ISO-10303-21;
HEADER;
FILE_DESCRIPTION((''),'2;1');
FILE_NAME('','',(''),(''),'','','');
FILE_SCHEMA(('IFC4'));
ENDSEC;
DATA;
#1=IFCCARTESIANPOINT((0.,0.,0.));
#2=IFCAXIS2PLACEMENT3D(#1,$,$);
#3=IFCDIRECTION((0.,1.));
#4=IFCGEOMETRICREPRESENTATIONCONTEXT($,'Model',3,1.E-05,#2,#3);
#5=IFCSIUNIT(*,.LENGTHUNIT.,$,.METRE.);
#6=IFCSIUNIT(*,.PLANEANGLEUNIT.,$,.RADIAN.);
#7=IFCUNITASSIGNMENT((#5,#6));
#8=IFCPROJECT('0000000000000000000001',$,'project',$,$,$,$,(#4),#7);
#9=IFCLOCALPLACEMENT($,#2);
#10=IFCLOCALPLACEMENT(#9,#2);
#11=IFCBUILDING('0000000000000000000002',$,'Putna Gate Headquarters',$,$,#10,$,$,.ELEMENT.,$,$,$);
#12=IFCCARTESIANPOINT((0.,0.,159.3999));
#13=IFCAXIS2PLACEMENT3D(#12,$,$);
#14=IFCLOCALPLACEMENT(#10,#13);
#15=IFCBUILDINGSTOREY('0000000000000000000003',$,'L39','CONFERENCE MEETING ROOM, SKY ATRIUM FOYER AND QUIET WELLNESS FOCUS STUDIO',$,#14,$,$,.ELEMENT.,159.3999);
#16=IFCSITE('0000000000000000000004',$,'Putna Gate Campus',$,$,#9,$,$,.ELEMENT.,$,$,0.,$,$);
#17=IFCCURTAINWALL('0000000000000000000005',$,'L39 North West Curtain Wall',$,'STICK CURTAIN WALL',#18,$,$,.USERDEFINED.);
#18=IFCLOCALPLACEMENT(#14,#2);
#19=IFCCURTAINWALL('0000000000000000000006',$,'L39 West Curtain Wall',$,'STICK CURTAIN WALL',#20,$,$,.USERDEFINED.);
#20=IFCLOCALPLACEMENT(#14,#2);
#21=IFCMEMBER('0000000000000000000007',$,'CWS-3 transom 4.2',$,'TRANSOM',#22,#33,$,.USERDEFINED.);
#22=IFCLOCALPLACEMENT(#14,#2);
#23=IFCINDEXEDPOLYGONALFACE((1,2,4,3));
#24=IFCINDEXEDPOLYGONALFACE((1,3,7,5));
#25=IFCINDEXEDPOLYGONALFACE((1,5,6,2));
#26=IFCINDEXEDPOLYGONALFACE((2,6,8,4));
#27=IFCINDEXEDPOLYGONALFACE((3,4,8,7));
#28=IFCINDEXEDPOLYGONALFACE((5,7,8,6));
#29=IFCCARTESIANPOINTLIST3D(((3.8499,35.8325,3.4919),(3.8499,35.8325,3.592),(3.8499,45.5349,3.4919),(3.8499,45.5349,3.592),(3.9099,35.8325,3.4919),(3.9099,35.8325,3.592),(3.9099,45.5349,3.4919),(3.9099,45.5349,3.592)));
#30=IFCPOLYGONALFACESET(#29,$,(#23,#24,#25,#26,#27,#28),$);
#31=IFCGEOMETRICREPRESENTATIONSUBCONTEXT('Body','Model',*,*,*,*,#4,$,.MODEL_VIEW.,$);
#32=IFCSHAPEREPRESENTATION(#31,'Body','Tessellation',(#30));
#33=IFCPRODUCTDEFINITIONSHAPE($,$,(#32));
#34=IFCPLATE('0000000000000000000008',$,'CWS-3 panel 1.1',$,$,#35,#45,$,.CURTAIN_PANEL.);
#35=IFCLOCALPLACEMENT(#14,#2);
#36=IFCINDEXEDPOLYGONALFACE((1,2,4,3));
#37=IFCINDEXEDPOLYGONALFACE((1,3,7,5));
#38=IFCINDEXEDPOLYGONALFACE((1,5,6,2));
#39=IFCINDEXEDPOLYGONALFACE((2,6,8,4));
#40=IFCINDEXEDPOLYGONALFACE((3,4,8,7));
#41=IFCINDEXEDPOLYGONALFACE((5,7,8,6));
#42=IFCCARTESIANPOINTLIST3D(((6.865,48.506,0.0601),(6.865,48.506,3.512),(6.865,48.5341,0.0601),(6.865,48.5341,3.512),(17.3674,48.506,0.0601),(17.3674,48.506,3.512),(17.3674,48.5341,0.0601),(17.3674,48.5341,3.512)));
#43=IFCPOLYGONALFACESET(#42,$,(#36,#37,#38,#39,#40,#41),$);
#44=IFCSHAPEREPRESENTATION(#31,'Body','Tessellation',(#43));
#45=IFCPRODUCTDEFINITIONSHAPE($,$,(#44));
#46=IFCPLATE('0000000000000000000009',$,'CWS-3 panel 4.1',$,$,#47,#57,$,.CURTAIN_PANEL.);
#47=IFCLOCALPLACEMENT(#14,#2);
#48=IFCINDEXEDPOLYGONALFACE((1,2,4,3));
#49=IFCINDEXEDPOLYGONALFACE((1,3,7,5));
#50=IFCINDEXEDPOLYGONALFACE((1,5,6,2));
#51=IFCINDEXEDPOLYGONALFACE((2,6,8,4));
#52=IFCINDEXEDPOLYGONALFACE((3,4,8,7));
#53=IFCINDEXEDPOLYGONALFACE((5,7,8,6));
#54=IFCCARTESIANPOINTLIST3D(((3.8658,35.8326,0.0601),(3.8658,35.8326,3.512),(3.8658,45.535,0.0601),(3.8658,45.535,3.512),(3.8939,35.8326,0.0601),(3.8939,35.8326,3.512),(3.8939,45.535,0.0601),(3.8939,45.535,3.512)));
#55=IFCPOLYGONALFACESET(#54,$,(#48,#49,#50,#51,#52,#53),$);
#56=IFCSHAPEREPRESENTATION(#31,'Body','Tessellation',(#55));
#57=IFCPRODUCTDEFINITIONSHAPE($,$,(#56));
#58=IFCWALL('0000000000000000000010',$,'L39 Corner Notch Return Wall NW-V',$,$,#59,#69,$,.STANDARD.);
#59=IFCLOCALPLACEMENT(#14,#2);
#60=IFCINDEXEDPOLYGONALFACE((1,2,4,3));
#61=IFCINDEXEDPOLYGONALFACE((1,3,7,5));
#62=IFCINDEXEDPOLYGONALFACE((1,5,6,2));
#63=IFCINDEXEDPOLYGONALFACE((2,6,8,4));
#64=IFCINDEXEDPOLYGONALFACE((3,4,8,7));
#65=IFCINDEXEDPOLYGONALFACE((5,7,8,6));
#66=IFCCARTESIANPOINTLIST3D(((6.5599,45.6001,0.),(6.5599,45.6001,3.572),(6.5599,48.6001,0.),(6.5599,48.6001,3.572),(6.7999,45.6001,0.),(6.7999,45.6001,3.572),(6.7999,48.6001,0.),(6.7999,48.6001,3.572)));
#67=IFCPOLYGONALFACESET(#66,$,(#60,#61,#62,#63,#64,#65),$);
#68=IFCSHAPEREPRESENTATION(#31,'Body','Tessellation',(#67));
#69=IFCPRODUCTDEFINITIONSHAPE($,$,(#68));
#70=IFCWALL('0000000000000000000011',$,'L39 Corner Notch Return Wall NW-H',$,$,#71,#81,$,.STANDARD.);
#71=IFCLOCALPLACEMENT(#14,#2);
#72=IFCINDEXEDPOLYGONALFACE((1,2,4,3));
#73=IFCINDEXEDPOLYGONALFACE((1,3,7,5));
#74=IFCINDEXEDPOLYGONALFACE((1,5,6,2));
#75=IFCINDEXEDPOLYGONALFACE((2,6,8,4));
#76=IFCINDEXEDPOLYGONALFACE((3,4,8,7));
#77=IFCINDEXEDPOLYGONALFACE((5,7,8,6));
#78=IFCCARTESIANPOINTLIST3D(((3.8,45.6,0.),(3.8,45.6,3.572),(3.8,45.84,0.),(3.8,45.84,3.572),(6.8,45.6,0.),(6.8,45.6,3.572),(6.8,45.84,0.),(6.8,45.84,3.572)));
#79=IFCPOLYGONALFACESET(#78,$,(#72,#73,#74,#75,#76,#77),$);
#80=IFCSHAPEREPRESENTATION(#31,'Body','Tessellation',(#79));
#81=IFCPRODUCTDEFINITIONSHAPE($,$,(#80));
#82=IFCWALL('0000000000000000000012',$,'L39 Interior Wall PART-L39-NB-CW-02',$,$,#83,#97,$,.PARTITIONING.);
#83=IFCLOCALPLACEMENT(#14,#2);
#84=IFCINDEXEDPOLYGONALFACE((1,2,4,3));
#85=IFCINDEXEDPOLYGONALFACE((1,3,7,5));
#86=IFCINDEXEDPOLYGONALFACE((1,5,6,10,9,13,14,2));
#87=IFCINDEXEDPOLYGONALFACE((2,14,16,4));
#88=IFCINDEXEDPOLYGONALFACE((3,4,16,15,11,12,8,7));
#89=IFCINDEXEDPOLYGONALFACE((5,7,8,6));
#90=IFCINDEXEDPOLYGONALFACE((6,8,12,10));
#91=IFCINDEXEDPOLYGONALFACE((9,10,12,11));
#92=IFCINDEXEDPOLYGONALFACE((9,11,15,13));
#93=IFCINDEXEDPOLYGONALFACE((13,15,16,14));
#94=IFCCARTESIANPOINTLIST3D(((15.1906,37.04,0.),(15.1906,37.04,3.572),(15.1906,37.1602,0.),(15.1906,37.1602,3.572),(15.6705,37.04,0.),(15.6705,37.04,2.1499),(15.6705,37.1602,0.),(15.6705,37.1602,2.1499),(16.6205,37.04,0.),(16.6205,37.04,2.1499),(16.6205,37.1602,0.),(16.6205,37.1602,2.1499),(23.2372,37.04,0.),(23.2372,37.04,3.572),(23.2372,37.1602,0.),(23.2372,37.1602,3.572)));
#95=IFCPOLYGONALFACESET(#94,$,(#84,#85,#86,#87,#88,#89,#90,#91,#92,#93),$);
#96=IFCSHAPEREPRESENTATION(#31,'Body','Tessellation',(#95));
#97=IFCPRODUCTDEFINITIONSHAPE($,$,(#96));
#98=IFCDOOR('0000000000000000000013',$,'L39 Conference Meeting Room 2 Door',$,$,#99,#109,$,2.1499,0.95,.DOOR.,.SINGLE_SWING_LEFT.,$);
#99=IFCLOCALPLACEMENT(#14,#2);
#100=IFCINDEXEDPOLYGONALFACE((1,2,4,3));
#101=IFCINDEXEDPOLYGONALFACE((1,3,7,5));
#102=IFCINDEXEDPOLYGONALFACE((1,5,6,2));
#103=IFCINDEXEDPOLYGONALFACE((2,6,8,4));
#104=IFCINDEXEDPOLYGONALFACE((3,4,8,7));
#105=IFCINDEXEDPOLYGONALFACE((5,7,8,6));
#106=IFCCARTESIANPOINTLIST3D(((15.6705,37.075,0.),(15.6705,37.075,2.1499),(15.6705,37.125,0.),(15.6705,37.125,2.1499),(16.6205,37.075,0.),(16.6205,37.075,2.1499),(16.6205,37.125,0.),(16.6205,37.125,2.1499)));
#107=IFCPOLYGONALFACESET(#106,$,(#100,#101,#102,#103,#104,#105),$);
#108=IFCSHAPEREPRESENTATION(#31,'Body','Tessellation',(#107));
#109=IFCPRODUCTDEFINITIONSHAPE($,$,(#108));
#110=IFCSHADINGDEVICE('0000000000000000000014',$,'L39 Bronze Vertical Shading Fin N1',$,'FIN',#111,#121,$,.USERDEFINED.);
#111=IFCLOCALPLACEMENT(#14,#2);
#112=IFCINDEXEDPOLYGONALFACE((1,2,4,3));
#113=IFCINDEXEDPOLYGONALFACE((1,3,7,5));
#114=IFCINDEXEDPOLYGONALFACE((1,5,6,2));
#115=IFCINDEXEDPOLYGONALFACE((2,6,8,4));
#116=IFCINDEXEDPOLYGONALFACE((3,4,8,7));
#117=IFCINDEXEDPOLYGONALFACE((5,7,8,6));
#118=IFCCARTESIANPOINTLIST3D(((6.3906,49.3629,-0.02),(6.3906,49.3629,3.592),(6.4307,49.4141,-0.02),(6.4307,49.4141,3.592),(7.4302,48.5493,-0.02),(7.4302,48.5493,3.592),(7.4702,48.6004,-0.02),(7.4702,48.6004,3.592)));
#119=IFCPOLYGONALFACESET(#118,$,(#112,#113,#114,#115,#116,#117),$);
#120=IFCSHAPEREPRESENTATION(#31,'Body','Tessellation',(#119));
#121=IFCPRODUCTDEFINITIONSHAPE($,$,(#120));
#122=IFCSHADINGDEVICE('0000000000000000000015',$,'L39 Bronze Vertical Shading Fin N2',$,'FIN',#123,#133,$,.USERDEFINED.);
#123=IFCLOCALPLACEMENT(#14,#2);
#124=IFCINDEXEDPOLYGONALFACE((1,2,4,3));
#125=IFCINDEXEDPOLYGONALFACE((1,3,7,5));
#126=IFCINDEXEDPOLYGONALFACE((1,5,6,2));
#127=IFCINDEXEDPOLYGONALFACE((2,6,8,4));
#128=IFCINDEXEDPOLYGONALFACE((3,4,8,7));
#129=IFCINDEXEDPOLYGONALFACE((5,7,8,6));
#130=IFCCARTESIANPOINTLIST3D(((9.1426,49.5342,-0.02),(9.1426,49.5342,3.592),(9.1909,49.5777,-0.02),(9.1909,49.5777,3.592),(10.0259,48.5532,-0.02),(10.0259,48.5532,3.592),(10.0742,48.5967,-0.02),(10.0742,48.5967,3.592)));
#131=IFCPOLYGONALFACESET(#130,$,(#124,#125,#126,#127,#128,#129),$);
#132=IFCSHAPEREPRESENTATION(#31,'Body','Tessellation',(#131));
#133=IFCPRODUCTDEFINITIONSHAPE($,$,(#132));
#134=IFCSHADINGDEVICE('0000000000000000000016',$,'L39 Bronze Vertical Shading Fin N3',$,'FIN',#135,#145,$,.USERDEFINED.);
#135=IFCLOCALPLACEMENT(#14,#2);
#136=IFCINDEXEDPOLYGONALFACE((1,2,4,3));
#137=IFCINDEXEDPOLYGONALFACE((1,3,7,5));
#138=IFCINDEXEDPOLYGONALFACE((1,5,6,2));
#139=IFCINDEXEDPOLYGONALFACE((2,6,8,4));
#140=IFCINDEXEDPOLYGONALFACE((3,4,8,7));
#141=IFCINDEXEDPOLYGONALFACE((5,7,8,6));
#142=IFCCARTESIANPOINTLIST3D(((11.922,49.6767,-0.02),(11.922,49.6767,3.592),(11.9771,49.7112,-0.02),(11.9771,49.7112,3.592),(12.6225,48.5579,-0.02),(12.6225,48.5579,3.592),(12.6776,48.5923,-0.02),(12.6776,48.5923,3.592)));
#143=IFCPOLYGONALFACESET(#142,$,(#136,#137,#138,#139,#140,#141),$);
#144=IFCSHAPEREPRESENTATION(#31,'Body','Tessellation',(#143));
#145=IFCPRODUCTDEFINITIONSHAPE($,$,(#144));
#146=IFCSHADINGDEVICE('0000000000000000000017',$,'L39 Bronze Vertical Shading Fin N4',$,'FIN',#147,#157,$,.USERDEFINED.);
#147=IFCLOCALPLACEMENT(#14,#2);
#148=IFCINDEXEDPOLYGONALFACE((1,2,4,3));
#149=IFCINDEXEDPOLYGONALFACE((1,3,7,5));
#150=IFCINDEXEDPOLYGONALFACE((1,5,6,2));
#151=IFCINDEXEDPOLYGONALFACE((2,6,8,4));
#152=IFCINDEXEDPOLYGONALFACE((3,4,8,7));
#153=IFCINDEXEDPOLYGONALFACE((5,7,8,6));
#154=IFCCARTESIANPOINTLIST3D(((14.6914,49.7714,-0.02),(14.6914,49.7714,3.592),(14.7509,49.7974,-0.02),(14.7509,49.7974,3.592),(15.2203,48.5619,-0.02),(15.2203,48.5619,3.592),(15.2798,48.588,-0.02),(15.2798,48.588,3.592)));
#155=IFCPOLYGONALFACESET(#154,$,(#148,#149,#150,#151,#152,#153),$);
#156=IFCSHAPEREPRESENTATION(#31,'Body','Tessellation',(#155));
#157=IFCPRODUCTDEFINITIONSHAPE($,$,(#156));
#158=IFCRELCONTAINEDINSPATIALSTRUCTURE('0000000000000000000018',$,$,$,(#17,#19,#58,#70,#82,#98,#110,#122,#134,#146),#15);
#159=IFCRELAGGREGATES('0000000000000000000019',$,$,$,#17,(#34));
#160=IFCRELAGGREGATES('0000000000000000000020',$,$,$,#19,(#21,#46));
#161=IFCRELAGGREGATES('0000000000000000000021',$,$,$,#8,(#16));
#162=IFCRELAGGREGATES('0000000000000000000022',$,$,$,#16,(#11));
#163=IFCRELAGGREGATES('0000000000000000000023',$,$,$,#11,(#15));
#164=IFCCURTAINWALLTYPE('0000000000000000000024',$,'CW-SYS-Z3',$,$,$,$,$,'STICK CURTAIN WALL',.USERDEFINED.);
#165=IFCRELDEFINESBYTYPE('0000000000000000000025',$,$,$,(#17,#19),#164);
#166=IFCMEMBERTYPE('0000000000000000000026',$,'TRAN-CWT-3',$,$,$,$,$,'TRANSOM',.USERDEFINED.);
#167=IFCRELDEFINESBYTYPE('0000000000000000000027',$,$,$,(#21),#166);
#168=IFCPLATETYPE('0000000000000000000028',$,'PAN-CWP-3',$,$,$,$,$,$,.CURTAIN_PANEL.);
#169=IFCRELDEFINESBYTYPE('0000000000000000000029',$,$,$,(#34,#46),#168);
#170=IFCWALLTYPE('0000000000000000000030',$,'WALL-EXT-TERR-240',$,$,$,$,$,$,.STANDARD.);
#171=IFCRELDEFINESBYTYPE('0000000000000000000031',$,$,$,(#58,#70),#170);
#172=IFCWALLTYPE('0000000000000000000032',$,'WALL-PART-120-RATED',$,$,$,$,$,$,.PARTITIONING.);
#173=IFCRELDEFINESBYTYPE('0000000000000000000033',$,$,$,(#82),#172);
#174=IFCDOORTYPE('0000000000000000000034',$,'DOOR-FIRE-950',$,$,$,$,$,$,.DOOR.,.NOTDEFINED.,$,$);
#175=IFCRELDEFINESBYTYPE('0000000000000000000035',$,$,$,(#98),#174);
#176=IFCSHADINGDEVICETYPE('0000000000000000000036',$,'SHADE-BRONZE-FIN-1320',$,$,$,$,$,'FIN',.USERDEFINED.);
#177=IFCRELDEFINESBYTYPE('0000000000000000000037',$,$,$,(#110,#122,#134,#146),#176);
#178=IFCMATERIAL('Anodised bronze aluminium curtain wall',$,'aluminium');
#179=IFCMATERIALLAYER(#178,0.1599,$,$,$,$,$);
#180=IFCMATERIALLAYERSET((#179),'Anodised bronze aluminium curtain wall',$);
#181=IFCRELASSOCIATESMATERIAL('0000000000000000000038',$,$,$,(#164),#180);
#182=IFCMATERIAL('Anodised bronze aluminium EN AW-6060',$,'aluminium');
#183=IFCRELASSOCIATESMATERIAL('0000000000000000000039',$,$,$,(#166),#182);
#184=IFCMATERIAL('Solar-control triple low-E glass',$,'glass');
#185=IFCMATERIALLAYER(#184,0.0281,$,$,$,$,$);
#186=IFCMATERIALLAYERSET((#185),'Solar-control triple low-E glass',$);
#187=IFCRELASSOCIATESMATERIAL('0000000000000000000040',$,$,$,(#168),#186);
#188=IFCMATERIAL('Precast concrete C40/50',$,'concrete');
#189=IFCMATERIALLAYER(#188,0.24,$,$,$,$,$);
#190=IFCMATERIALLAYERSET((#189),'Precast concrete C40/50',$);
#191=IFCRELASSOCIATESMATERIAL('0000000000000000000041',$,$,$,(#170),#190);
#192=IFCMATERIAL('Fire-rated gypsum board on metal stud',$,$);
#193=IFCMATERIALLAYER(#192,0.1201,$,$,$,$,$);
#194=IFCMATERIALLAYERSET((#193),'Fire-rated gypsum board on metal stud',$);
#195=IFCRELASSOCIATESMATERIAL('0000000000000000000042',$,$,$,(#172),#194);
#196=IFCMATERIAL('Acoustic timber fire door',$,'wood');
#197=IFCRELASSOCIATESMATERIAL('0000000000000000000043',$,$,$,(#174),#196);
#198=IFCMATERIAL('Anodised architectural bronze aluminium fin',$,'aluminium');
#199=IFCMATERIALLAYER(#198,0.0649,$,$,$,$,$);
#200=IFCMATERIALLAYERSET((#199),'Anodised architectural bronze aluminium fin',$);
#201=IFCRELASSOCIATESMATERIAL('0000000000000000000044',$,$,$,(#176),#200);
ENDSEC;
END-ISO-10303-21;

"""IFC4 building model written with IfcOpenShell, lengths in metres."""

from ifc_helpers import new_model, si_unit, direction, frame, frame_2d, origin, origin_2d, place, context, subcontext, project, spatial, rectangle, extrude, material, layer, layer_set, material_profile, profile_set, type_object, element, fill, aggregate, save


model = new_model("IFC4")

# Units and contexts
model_context = context("Model", 3, precision=1e-05, world=origin(), true_north=direction((0.0, 1.0)))
body_context = subcontext(model_context, "Body", "Model", "MODEL_VIEW")
ifc_project = project(units=[si_unit("LENGTHUNIT", "METRE"), si_unit("PLANEANGLEUNIT", "RADIAN")], contexts=[model_context])

# Site, building, storey
site_placement = place(None, origin())
site = spatial("IfcSite", under=ifc_project, at=site_placement, Name="Putna Gate Campus", CompositionType="ELEMENT", RefElevation=0.0)
building_placement = place(site_placement, origin())
building = spatial("IfcBuilding", under=site, at=building_placement, Name="Putna Gate Headquarters", CompositionType="ELEMENT")
storey_placement = place(building_placement, frame((0.0, 0.0, 159.3999)))
storey = spatial("IfcBuildingStorey", under=building, at=storey_placement, Name="L39", Description="CONFERENCE MEETING ROOM, SKY ATRIUM FOYER AND QUIET WELLNESS FOCUS STUDIO", CompositionType="ELEMENT", Elevation=159.3999)

# Curtain wall
ifc_material_1 = material(Name="Anodised bronze aluminium curtain wall", Category="aluminium")
ifc_layer_1 = layer(ifc_material_1, 0.1599)
ifc_layer_set_1 = layer_set([ifc_layer_1], Name="Anodised bronze aluminium curtain wall")
curtain_wall_type = type_object("IfcCurtainWallType", Name="CW-SYS-Z3", ElementType="STICK CURTAIN WALL", PredefinedType="USERDEFINED", material=ifc_layer_set_1)
curtain_wall_1_placement = place(storey_placement, origin())
curtain_wall_1 = element("IfcCurtainWall", 1, at=curtain_wall_1_placement, inside=storey, type_object=curtain_wall_type, Name="L39 North West Curtain Wall", ObjectType="STICK CURTAIN WALL", PredefinedType="USERDEFINED")
ifc_material_2 = material(Name="Anodised bronze aluminium EN AW-6060", Category="aluminium")

# Curtain wall
curtain_wall_2_placement = place(storey_placement, origin())
curtain_wall_2 = element("IfcCurtainWall", 2, at=curtain_wall_2_placement, inside=storey, type_object=curtain_wall_type, Name="L39 West Curtain Wall", ObjectType="STICK CURTAIN WALL", PredefinedType="USERDEFINED")

# Member
ifc_material_profile_1 = material_profile(ifc_material_2, rectangle(XDim=0.0601, YDim=0.1001, at=origin_2d()), Name="Anodised bronze aluminium EN AW-6060")
ifc_profile_set_1 = profile_set([ifc_material_profile_1], Name="Anodised bronze aluminium EN AW-6060")
member_type_1 = type_object("IfcMemberType", Name="TRAN-CWT-3", ElementType="TRANSOM", PredefinedType="USERDEFINED", material=ifc_profile_set_1)
member_1_placement = place(storey_placement, frame((3.8799, 35.8325, 3.542), z_axis=(0.0, 1.0, 0.0), x_axis=(-1.0, 0.0, 0.0)))
member_1 = element("IfcMember", 3, at=member_1_placement, type_object=member_type_1, Name="CWS-3 transom 4.2", ObjectType="TRANSOM", PredefinedType="USERDEFINED", context=body_context, shape_type="SweptSolid", body=[
    extrude(rectangle(XDim=0.0601, YDim=0.1001, at=origin_2d()), origin(), (0.0, 0.0, 1.0), 9.7024),
])

# Plates
ifc_material_3 = material(Name="Solar-control triple low-E glass", Category="glass")
ifc_layer_2 = layer(ifc_material_3, 0.0281)
ifc_layer_set_2 = layer_set([ifc_layer_2], Name="Solar-control triple low-E glass")
plate_type = type_object("IfcPlateType", Name="PAN-CWP-3", PredefinedType="CURTAIN_PANEL", material=ifc_layer_set_2)
plate_1_placement = place(storey_placement, frame((12.1162, 48.52, 0.0601), z_axis=(0.0, 0.0, 1.0), x_axis=(1.0, 0.0, 0.0)))
plate_1 = element("IfcPlate", 4, at=plate_1_placement, type_object=plate_type, Name="CWS-3 panel 1.1", PredefinedType="CURTAIN_PANEL", context=body_context, shape_type="SweptSolid", body=[
    extrude(rectangle(XDim=10.5024, YDim=0.0281, at=origin_2d()), origin(), (0.0, 0.0, 1.0), 3.4519),
])
aggregate(curtain_wall_1, [plate_1])
plate_2_placement = place(storey_placement, frame((3.8799, 40.6838, 0.0601), z_axis=(0.0, 0.0, 1.0), x_axis=(0.0, 1.0, 0.0)))
plate_2 = element("IfcPlate", 5, at=plate_2_placement, type_object=plate_type, Name="CWS-3 panel 4.1", PredefinedType="CURTAIN_PANEL", context=body_context, shape_type="SweptSolid", body=[
    extrude(rectangle(XDim=9.7024, YDim=0.0281, at=origin_2d()), origin(), (0.0, 0.0, 1.0), 3.4519),
])
aggregate(curtain_wall_2, [member_1, plate_2])

# Walls
ifc_material_4 = material(Name="Precast concrete C40/50", Category="concrete")
ifc_layer_3 = layer(ifc_material_4, 0.24)
ifc_layer_set_3 = layer_set([ifc_layer_3], Name="Precast concrete C40/50")
wall_type_1 = type_object("IfcWallType", Name="WALL-EXT-TERR-240", PredefinedType="STANDARD", material=ifc_layer_set_3)
for number, where, z_axis, x_axis, name in (
    (6, (6.6799, 45.6001, 0.0), (0.0, 0.0, 1.0), (0.0, 1.0, 0.0), "L39 Corner Notch Return Wall NW-V"),
    (7, (3.8, 45.72, 0.0), (0.0, 0.0, 1.0), (1.0, 0.0, 0.0), "L39 Corner Notch Return Wall NW-H"),
):
    element("IfcWall", number, at=place(storey_placement, frame(where, z_axis=z_axis, x_axis=x_axis)), inside=storey, type_object=wall_type_1, Name=name, PredefinedType="STANDARD", context=body_context, shape_type="SweptSolid", body=[
        extrude(rectangle(XDim=3.0, YDim=0.24, at=frame_2d((1.5, 0.0))), origin(), (0.0, 0.0, 1.0), 3.572),
    ])

# Wall, opening, door
ifc_material_5 = material(Name="Fire-rated gypsum board on metal stud")
ifc_layer_4 = layer(ifc_material_5, 0.1201)
ifc_layer_set_4 = layer_set([ifc_layer_4], Name="Fire-rated gypsum board on metal stud")
wall_type_2 = type_object("IfcWallType", Name="WALL-PART-120-RATED", PredefinedType="PARTITIONING", material=ifc_layer_set_4)
wall_placement = place(storey_placement, frame((15.1904, 37.1001, 0.0), z_axis=(0.0, 0.0, 1.0), x_axis=(1.0, 0.0, 0.0)))
wall = element("IfcWall", 8, at=wall_placement, inside=storey, type_object=wall_type_2, Name="L39 Interior Wall PART-L39-NB-CW-02", PredefinedType="PARTITIONING", context=body_context, shape_type="SweptSolid", body=[
    extrude(rectangle(XDim=8.0466, YDim=0.1201, at=frame_2d((4.0234, 0.0))), origin(), (0.0, 0.0, 1.0), 3.572),
])
opening_placement = place(wall_placement, frame((0.48, 0.0, 0.0)))
opening = element("IfcOpeningElement", 9, at=opening_placement, cuts=wall, PredefinedType="OPENING", context=body_context, shape_type="SweptSolid", body=[
    extrude(rectangle(XDim=0.95, YDim=2.1499, at=frame_2d((0.4751, 1.075))), frame((0.0, 0.0701, 0.0), z_axis=(0.0, -1.0, 0.0), x_axis=(1.0, 0.0, 0.0)), (0.0, 0.0, 1.0), 0.1401),
])
ifc_material_6 = material(Name="Acoustic timber fire door", Category="wood")
door_type = type_object("IfcDoorType", Name="DOOR-FIRE-950", OperationType="NOTDEFINED", PredefinedType="DOOR", material=ifc_material_6)
door_placement = place(opening_placement, origin())
door = element("IfcDoor", 10, at=door_placement, inside=storey, type_object=door_type, Name="L39 Conference Meeting Room 2 Door", OperationType="SINGLE_SWING_LEFT", OverallHeight=2.1499, OverallWidth=0.95, PredefinedType="DOOR", context=body_context, shape_type="SweptSolid", body=[
    extrude(rectangle(XDim=0.95, YDim=2.1499, at=frame_2d((0.4751, 1.075))), frame((0.0, 0.0249, 0.0), z_axis=(0.0, -1.0, 0.0), x_axis=(1.0, 0.0, 0.0)), (0.0, 0.0, 1.0), 0.05),
])
fill(opening, door)

# Shading devices
ifc_material_7 = material(Name="Anodised architectural bronze aluminium fin", Category="aluminium")
ifc_layer_5 = layer(ifc_material_7, 0.0649)
ifc_layer_set_5 = layer_set([ifc_layer_5], Name="Anodised architectural bronze aluminium fin")
shading_device_type = type_object("IfcShadingDeviceType", Name="SHADE-BRONZE-FIN-1320", ElementType="FIN", PredefinedType="USERDEFINED", material=ifc_layer_set_5)
for number, where, z_axis, x_axis, name in (
    (11, (6.9304, 48.9817, -0.02), (0.0, 0.0, 1.0), (-0.787473, 0.616349, 0.0), "L39 Bronze Vertical Shading Fin N1"),
    (12, (9.6084, 49.0654, -0.02), (0.0, 0.0, 1.0), (-0.669131, 0.743145, 0.0), "L39 Bronze Vertical Shading Fin N2"),
    (13, (12.2998, 49.1345, -0.02), (0.0, 0.0, 1.0), (-0.530659, 0.847585, 0.0), "L39 Bronze Vertical Shading Fin N3"),
    (14, (14.9856, 49.1797, -0.02), (0.0, 0.0, 1.0), (-0.400669, 0.916223, 0.0), "L39 Bronze Vertical Shading Fin N4"),
):
    element("IfcShadingDevice", number, at=place(storey_placement, frame(where, z_axis=z_axis, x_axis=x_axis)), inside=storey, type_object=shading_device_type, Name=name, ObjectType="FIN", PredefinedType="USERDEFINED", context=body_context, shape_type="SweptSolid", body=[
        extrude(rectangle(XDim=1.3201, YDim=0.0649, at=origin_2d()), origin(), (0.0, 0.0, 1.0), 3.6121),
    ])

save(model, "model.ifc")
